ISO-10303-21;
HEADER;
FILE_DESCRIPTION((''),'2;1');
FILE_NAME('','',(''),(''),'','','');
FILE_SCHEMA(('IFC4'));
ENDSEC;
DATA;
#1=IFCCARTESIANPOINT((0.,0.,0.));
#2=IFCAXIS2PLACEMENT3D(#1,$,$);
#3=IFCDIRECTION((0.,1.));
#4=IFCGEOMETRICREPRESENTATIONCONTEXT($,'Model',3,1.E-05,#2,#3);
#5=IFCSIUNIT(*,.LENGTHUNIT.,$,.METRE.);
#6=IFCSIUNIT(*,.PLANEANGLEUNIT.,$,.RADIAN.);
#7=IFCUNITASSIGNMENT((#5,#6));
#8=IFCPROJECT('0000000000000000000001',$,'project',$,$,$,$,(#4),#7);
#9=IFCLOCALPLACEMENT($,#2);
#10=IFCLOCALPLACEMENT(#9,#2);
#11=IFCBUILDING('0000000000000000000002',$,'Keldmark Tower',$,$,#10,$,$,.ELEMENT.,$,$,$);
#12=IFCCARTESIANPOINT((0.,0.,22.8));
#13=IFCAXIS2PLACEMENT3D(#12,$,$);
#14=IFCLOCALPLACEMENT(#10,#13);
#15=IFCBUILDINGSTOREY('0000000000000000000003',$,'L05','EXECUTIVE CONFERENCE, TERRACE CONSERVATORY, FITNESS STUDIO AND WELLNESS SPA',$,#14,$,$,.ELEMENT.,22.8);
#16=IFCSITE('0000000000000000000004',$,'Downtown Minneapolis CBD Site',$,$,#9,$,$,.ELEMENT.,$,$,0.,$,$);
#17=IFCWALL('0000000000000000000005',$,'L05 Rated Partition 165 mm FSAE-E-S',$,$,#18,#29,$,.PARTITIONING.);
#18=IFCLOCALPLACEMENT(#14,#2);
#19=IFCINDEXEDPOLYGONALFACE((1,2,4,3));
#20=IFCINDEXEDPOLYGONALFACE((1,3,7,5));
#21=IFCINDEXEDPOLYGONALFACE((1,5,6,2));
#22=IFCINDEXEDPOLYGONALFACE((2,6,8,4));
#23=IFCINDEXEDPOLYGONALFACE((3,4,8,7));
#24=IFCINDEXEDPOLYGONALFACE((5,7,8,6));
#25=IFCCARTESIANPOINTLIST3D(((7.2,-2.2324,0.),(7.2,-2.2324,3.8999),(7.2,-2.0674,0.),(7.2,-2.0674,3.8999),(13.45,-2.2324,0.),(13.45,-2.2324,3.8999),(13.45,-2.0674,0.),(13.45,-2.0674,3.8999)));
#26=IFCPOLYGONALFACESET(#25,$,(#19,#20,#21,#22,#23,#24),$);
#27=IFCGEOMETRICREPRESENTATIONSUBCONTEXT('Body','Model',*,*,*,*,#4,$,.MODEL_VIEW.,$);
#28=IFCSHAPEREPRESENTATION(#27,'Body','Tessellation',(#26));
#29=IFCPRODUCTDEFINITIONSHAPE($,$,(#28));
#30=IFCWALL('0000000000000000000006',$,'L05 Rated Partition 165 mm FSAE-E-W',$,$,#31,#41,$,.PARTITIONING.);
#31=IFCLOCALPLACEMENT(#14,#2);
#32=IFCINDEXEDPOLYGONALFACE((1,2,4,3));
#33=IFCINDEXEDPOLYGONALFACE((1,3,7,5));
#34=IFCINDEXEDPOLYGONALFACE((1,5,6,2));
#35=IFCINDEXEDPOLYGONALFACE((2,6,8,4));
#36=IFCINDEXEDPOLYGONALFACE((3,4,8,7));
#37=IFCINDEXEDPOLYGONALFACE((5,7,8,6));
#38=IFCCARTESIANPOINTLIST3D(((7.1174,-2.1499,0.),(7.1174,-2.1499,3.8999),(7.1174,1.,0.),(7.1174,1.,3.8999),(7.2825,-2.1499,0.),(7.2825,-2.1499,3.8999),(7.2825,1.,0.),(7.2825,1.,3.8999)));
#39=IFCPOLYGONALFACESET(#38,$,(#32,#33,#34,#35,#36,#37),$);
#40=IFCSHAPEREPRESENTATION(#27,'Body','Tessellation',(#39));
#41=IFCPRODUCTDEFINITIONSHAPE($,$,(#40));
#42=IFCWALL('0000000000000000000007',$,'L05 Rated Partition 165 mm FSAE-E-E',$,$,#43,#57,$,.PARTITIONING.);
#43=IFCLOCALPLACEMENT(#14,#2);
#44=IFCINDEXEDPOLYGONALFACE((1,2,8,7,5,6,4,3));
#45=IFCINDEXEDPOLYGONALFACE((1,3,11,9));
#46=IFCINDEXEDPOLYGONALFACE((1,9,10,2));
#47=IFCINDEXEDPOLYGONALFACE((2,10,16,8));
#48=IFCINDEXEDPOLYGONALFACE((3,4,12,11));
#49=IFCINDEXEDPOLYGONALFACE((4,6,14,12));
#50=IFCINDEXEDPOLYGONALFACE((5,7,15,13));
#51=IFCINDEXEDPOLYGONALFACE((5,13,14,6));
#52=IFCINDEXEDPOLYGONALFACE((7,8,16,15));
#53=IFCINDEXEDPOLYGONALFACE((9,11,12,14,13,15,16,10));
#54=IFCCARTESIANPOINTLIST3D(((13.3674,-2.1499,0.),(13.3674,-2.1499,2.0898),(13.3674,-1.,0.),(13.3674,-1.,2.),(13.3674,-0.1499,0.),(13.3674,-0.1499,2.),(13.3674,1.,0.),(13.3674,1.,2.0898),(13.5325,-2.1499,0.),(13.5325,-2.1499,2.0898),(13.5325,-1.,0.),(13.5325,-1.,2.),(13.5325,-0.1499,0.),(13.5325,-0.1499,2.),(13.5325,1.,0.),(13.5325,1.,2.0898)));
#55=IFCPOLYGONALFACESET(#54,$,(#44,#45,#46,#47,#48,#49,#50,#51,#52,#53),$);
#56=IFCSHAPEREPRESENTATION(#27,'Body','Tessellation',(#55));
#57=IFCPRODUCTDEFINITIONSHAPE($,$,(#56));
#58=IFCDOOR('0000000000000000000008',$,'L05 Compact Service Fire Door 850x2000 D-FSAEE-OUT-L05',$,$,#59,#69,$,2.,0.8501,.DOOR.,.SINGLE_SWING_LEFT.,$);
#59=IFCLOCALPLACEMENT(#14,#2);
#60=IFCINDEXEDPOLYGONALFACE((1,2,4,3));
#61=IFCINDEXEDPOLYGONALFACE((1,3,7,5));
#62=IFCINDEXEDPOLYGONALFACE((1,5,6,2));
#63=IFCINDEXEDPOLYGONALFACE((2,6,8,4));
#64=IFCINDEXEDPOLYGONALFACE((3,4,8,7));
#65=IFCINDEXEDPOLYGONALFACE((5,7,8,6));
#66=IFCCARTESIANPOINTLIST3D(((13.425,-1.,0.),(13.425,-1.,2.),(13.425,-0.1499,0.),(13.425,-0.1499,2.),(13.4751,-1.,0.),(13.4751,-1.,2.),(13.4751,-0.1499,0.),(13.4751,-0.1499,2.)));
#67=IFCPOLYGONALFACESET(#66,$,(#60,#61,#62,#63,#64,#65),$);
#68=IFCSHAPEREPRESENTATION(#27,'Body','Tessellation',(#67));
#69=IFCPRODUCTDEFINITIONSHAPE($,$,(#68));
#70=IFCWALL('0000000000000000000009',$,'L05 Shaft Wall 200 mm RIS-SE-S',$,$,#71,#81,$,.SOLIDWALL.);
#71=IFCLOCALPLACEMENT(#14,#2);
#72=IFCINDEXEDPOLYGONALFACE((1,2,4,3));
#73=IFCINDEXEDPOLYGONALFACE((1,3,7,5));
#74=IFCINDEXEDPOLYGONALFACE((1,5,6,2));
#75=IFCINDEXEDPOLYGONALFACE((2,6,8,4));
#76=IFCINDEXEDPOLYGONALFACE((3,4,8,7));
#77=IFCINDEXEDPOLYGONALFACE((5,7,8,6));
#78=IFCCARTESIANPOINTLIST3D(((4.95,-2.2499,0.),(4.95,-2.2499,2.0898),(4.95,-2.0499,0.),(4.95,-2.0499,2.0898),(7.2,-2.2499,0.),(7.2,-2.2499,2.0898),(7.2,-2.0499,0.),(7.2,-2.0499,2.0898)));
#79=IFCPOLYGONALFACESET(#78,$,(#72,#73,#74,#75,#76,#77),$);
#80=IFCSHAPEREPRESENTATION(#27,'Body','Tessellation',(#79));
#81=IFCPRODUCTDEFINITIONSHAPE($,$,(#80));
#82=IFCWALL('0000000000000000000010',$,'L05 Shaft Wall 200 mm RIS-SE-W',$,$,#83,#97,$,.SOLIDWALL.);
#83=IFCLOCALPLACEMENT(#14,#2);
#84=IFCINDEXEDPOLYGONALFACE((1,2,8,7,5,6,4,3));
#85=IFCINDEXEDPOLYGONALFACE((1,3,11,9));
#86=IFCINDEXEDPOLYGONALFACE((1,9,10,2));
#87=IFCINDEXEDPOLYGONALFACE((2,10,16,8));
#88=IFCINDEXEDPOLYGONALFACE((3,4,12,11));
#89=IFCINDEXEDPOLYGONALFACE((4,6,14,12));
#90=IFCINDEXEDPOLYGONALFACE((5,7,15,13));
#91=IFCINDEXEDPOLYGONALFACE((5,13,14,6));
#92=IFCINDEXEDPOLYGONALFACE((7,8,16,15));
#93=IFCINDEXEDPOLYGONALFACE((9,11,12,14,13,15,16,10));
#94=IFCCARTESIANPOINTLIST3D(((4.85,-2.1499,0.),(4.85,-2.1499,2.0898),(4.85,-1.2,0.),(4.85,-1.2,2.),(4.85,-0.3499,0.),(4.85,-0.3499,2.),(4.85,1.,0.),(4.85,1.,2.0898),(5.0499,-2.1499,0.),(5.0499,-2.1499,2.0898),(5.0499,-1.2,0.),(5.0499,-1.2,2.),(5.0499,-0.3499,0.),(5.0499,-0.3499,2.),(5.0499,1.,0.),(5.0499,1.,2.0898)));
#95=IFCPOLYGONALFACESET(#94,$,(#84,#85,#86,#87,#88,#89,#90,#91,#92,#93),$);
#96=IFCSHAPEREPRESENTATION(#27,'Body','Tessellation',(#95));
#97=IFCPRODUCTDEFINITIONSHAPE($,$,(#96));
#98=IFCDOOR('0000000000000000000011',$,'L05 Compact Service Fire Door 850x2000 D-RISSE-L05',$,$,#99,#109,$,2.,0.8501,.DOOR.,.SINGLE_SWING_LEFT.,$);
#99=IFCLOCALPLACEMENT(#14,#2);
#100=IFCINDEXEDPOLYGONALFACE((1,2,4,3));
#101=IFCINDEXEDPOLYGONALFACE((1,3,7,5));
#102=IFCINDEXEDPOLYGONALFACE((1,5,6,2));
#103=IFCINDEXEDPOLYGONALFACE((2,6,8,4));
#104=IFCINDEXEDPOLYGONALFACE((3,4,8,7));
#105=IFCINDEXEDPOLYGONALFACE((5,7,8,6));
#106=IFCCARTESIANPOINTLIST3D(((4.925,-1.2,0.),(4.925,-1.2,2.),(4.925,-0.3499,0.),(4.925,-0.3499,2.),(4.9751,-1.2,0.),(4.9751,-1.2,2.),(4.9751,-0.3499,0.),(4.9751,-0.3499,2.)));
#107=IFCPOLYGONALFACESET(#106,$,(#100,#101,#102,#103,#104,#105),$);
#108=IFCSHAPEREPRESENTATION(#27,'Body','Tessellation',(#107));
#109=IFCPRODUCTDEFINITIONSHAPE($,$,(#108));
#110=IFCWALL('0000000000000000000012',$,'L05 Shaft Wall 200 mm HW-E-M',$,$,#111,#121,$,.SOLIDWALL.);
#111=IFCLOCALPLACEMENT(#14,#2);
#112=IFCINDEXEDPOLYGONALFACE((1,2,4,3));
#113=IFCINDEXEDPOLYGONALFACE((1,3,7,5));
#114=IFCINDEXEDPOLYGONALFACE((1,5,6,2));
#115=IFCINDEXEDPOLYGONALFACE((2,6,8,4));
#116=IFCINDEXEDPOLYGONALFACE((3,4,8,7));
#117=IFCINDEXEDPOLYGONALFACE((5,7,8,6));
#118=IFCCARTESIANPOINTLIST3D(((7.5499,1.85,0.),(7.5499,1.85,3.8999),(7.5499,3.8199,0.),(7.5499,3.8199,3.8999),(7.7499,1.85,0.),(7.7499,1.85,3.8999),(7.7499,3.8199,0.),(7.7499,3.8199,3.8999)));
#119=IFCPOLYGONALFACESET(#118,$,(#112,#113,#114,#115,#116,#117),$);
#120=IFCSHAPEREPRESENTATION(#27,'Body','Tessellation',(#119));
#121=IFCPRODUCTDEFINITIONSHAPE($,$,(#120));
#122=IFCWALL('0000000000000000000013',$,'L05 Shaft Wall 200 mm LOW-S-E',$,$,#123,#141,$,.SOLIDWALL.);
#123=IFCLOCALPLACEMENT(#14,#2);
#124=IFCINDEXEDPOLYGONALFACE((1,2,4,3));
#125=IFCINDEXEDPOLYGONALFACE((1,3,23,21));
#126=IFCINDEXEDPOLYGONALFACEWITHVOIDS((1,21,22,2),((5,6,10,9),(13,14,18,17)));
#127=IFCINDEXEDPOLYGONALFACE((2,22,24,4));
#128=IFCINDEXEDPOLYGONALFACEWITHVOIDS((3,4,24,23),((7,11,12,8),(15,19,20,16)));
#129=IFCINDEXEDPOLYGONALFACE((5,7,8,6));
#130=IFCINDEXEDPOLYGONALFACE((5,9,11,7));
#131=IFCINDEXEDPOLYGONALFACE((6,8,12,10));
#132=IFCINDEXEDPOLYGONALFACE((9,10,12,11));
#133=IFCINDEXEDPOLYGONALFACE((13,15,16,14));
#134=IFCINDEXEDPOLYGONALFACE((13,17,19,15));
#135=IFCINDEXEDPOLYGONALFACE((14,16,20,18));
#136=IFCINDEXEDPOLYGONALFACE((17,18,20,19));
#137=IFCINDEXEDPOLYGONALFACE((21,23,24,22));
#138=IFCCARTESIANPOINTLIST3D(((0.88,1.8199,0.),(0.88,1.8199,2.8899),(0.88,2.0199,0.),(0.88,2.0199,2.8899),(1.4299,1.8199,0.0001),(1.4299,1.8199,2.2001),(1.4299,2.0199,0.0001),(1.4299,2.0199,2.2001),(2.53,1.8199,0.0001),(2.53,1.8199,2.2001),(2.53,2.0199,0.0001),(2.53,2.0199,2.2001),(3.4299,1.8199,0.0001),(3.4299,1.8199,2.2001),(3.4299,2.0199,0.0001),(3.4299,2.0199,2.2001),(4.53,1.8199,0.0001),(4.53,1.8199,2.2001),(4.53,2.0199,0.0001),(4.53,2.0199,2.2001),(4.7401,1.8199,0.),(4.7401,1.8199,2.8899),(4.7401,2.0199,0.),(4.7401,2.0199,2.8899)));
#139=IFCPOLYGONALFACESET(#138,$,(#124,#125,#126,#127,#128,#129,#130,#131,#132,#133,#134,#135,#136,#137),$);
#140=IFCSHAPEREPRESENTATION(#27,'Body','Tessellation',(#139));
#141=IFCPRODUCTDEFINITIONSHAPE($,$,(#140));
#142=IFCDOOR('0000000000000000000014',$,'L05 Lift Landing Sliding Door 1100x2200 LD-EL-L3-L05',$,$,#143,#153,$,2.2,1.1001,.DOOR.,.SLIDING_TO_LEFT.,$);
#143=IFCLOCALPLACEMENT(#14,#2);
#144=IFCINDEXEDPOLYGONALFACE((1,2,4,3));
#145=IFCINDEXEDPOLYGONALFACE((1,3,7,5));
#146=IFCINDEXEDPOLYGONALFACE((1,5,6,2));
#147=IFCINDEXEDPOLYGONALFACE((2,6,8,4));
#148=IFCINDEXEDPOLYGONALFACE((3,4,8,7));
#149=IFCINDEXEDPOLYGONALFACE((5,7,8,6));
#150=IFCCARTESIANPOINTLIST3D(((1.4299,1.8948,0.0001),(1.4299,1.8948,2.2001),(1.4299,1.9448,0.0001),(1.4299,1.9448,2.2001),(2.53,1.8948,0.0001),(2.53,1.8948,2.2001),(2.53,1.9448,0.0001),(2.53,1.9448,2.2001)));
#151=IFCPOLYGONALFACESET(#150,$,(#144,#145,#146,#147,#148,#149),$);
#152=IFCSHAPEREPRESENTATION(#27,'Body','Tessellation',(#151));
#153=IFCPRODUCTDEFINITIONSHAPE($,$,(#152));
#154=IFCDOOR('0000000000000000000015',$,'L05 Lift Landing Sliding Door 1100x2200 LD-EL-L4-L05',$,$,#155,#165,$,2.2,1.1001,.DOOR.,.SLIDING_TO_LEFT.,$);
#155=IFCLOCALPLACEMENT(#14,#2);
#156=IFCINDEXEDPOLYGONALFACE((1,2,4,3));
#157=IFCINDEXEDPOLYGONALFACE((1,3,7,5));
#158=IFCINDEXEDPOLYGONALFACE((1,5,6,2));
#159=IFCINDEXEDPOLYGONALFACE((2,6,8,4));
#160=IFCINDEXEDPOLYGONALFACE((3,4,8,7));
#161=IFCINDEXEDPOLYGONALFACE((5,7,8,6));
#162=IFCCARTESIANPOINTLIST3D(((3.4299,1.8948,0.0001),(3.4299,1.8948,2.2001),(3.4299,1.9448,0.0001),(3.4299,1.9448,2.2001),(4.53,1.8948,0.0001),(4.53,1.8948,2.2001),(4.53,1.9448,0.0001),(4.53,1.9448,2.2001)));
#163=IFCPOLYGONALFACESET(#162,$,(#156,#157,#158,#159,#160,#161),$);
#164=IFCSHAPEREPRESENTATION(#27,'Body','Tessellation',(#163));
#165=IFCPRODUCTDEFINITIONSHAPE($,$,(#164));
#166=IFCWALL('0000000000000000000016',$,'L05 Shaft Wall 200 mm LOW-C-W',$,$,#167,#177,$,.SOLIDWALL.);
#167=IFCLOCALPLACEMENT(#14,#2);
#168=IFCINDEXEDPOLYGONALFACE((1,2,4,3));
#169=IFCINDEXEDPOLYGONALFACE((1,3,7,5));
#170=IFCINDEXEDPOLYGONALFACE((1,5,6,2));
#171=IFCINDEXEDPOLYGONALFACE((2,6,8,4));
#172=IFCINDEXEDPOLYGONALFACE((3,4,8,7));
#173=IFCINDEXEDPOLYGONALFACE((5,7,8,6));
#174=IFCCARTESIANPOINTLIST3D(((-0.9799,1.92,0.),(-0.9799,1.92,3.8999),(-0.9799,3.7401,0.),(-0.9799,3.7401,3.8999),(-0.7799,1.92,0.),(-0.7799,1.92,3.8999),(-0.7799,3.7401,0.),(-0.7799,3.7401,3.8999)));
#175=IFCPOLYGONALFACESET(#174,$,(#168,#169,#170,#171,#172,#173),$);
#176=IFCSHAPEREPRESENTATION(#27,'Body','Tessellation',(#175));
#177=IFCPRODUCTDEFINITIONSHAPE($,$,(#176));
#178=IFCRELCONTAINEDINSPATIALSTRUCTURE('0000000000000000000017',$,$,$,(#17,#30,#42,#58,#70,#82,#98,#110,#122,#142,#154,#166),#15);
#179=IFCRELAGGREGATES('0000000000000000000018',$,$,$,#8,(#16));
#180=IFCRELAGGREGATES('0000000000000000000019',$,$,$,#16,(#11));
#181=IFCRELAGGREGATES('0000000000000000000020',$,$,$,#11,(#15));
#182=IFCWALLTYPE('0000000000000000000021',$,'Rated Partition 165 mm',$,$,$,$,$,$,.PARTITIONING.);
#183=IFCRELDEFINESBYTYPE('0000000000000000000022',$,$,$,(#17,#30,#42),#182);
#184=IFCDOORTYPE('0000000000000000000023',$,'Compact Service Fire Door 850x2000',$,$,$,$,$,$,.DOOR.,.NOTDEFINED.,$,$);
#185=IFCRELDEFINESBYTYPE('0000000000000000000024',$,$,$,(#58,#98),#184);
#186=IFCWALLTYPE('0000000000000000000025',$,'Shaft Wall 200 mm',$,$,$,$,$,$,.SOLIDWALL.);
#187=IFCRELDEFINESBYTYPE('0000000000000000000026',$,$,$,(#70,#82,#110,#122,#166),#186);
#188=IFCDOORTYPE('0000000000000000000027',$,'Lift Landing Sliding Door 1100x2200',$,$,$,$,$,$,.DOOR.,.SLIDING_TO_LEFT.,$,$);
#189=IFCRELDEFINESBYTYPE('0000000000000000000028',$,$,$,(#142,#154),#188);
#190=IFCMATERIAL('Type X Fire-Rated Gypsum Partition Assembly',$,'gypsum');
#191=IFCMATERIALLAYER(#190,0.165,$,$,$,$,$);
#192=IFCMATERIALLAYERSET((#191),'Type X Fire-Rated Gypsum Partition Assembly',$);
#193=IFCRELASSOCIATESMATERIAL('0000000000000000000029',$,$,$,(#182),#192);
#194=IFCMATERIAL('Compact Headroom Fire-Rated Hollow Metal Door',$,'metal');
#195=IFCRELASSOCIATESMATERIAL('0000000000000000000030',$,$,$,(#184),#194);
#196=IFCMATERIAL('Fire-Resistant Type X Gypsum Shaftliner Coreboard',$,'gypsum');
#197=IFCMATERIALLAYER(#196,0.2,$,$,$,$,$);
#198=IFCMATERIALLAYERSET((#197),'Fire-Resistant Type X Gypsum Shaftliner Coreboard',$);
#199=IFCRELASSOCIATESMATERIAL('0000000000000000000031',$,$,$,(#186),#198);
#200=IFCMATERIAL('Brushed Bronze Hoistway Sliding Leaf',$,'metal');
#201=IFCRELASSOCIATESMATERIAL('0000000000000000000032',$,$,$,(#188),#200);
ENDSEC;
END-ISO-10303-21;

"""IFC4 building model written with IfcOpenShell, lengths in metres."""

from ifc_helpers import new_model, si_unit, direction, frame, frame_2d, origin, place, context, subcontext, project, spatial, rectangle, extrude, material, layer, layer_set, type_object, element, fill, save


model = new_model("IFC4")

# Units and contexts
model_context = context("Model", 3, precision=1e-05, world=origin(), true_north=direction((0.0, 1.0)))
body_context = subcontext(model_context, "Body", "Model", "MODEL_VIEW")
ifc_project = project(units=[si_unit("LENGTHUNIT", "METRE"), si_unit("PLANEANGLEUNIT", "RADIAN")], contexts=[model_context])

# Site, building, storey
site_placement = place(None, origin())
site = spatial("IfcSite", under=ifc_project, at=site_placement, Name="Downtown Minneapolis CBD Site", CompositionType="ELEMENT", RefElevation=0.0)
building_placement = place(site_placement, origin())
building = spatial("IfcBuilding", under=site, at=building_placement, Name="Keldmark Tower", CompositionType="ELEMENT")
storey_placement = place(building_placement, frame((0.0, 0.0, 22.8)))
storey = spatial("IfcBuildingStorey", under=building, at=storey_placement, Name="L05", Description="EXECUTIVE CONFERENCE, TERRACE CONSERVATORY, FITNESS STUDIO AND WELLNESS SPA", CompositionType="ELEMENT", Elevation=22.8)

# Walls
ifc_material_1 = material(Name="Type X Fire-Rated Gypsum Partition Assembly", Category="gypsum")
ifc_layer_1 = layer(ifc_material_1, 0.165)
ifc_layer_set_1 = layer_set([ifc_layer_1], Name="Type X Fire-Rated Gypsum Partition Assembly")
wall_type_1 = type_object("IfcWallType", Name="Rated Partition 165 mm", PredefinedType="PARTITIONING", material=ifc_layer_set_1)
wall_1_placement = place(storey_placement, frame((7.2, -2.1499, 0.0), z_axis=(0.0, 0.0, 1.0), x_axis=(1.0, 0.0, 0.0)))
element("IfcWall", 1, at=wall_1_placement, inside=storey, type_object=wall_type_1, Name="L05 Rated Partition 165 mm FSAE-E-S", PredefinedType="PARTITIONING", context=body_context, shape_type="SweptSolid", body=[
    extrude(rectangle(XDim=6.25, YDim=0.165, at=frame_2d((3.125, 0.0))), origin(), (0.0, 0.0, 1.0), 3.8999),
])
wall_2_placement = place(storey_placement, frame((7.2, -2.1499, 0.0), z_axis=(0.0, 0.0, 1.0), x_axis=(0.0, 1.0, 0.0)))
element("IfcWall", 2, at=wall_2_placement, inside=storey, type_object=wall_type_1, Name="L05 Rated Partition 165 mm FSAE-E-W", PredefinedType="PARTITIONING", context=body_context, shape_type="SweptSolid", body=[
    extrude(rectangle(XDim=3.1499, YDim=0.165, at=frame_2d((1.575, 0.0))), origin(), (0.0, 0.0, 1.0), 3.8999),
])

# Wall, opening, door
wall_3_placement = place(storey_placement, frame((13.45, -2.1499, 0.0), z_axis=(0.0, 0.0, 1.0), x_axis=(0.0, 1.0, 0.0)))
wall_3 = element("IfcWall", 3, at=wall_3_placement, inside=storey, type_object=wall_type_1, Name="L05 Rated Partition 165 mm FSAE-E-E", PredefinedType="PARTITIONING", context=body_context, shape_type="SweptSolid", body=[
    extrude(rectangle(XDim=3.1499, YDim=0.165, at=frame_2d((1.575, 0.0))), origin(), (0.0, 0.0, 1.0), 2.0898),
])
opening_1_placement = place(wall_3_placement, frame((1.1499, 0.0, 0.0)))
opening_1 = element("IfcOpeningElement", 4, at=opening_1_placement, cuts=wall_3, PredefinedType="OPENING", context=body_context, shape_type="SweptSolid", body=[
    extrude(rectangle(XDim=0.8501, YDim=2.0, at=frame_2d((0.425, 1.0))), frame((0.0, 0.0925, 0.0), z_axis=(0.0, -1.0, 0.0), x_axis=(1.0, 0.0, 0.0)), (0.0, 0.0, 1.0), 0.1851),
])
ifc_material_2 = material(Name="Compact Headroom Fire-Rated Hollow Metal Door", Category="metal")
door_type_1 = type_object("IfcDoorType", Name="Compact Service Fire Door 850x2000", OperationType="NOTDEFINED", PredefinedType="DOOR", material=ifc_material_2)
door_1_placement = place(opening_1_placement, origin())
door_1 = element("IfcDoor", 5, at=door_1_placement, inside=storey, type_object=door_type_1, Name="L05 Compact Service Fire Door 850x2000 D-FSAEE-OUT-L05", OperationType="SINGLE_SWING_LEFT", OverallHeight=2.0, OverallWidth=0.8501, PredefinedType="DOOR", context=body_context, shape_type="SweptSolid", body=[
    extrude(rectangle(XDim=0.8501, YDim=2.0, at=frame_2d((0.425, 1.0))), frame((0.0, 0.0249, 0.0), z_axis=(0.0, -1.0, 0.0), x_axis=(1.0, 0.0, 0.0)), (0.0, 0.0, 1.0), 0.05),
])
fill(opening_1, door_1)

# Wall
ifc_material_3 = material(Name="Fire-Resistant Type X Gypsum Shaftliner Coreboard", Category="gypsum")
ifc_layer_2 = layer(ifc_material_3, 0.2)
ifc_layer_set_2 = layer_set([ifc_layer_2], Name="Fire-Resistant Type X Gypsum Shaftliner Coreboard")
wall_type_2 = type_object("IfcWallType", Name="Shaft Wall 200 mm", PredefinedType="SOLIDWALL", material=ifc_layer_set_2)
wall_4_placement = place(storey_placement, frame((4.95, -2.1499, 0.0), z_axis=(0.0, 0.0, 1.0), x_axis=(1.0, 0.0, 0.0)))
element("IfcWall", 6, at=wall_4_placement, inside=storey, type_object=wall_type_2, Name="L05 Shaft Wall 200 mm RIS-SE-S", PredefinedType="SOLIDWALL", context=body_context, shape_type="SweptSolid", body=[
    extrude(rectangle(XDim=2.25, YDim=0.2, at=frame_2d((1.125, 0.0))), origin(), (0.0, 0.0, 1.0), 2.0898),
])

# Wall, opening, door
wall_5_placement = place(storey_placement, frame((4.95, -2.1499, 0.0), z_axis=(0.0, 0.0, 1.0), x_axis=(0.0, 1.0, 0.0)))
wall_5 = element("IfcWall", 7, at=wall_5_placement, inside=storey, type_object=wall_type_2, Name="L05 Shaft Wall 200 mm RIS-SE-W", PredefinedType="SOLIDWALL", context=body_context, shape_type="SweptSolid", body=[
    extrude(rectangle(XDim=3.1499, YDim=0.2, at=frame_2d((1.575, 0.0))), origin(), (0.0, 0.0, 1.0), 2.0898),
])
opening_2_placement = place(wall_5_placement, frame((0.95, 0.0, 0.0)))
opening_2 = element("IfcOpeningElement", 8, at=opening_2_placement, cuts=wall_5, PredefinedType="OPENING", context=body_context, shape_type="SweptSolid", body=[
    extrude(rectangle(XDim=0.8501, YDim=2.0, at=frame_2d((0.425, 1.0))), frame((0.0, 0.1099, 0.0), z_axis=(0.0, -1.0, 0.0), x_axis=(1.0, 0.0, 0.0)), (0.0, 0.0, 1.0), 0.22),
])
door_2_placement = place(opening_2_placement, origin())
door_2 = element("IfcDoor", 9, at=door_2_placement, inside=storey, type_object=door_type_1, Name="L05 Compact Service Fire Door 850x2000 D-RISSE-L05", OperationType="SINGLE_SWING_LEFT", OverallHeight=2.0, OverallWidth=0.8501, PredefinedType="DOOR", context=body_context, shape_type="SweptSolid", body=[
    extrude(rectangle(XDim=0.8501, YDim=2.0, at=frame_2d((0.425, 1.0))), frame((0.0, 0.0249, 0.0), z_axis=(0.0, -1.0, 0.0), x_axis=(1.0, 0.0, 0.0)), (0.0, 0.0, 1.0), 0.05),
])
fill(opening_2, door_2)

# Wall
wall_6_placement = place(storey_placement, frame((7.6499, 1.8501, 0.0), z_axis=(0.0, 0.0, 1.0), x_axis=(0.0, 1.0, 0.0)))
element("IfcWall", 10, at=wall_6_placement, inside=storey, type_object=wall_type_2, Name="L05 Shaft Wall 200 mm HW-E-M", PredefinedType="SOLIDWALL", context=body_context, shape_type="SweptSolid", body=[
    extrude(rectangle(XDim=1.97, YDim=0.2, at=frame_2d((0.9849, 0.0))), origin(), (0.0, 0.0, 1.0), 3.8999),
])

# Wall, openings, doors
wall_7_placement = place(storey_placement, frame((0.8799, 1.9199, 0.0), z_axis=(0.0, 0.0, 1.0), x_axis=(1.0, 0.0, 0.0)))
wall_7 = element("IfcWall", 11, at=wall_7_placement, inside=storey, type_object=wall_type_2, Name="L05 Shaft Wall 200 mm LOW-S-E", PredefinedType="SOLIDWALL", context=body_context, shape_type="SweptSolid", body=[
    extrude(rectangle(XDim=3.8601, YDim=0.2, at=frame_2d((1.9302, 0.0))), origin(), (0.0, 0.0, 1.0), 2.8899),
])
opening_3_placement = place(wall_7_placement, frame((0.55, 0.0, 0.0)))
opening_3 = element("IfcOpeningElement", 12, at=opening_3_placement, cuts=wall_7, PredefinedType="OPENING", context=body_context, shape_type="SweptSolid", body=[
    extrude(rectangle(XDim=1.1001, YDim=2.2, at=frame_2d((0.55, 1.1001))), frame((0.0, 0.1099, 0.0), z_axis=(0.0, -1.0, 0.0), x_axis=(1.0, 0.0, 0.0)), (0.0, 0.0, 1.0), 0.22),
])
opening_4_placement = place(wall_7_placement, frame((2.55, 0.0, 0.0)))
opening_4 = element("IfcOpeningElement", 13, at=opening_4_placement, cuts=wall_7, PredefinedType="OPENING", context=body_context, shape_type="SweptSolid", body=[
    extrude(rectangle(XDim=1.1001, YDim=2.2, at=frame_2d((0.55, 1.1001))), frame((0.0, 0.1099, 0.0), z_axis=(0.0, -1.0, 0.0), x_axis=(1.0, 0.0, 0.0)), (0.0, 0.0, 1.0), 0.22),
])
ifc_material_4 = material(Name="Brushed Bronze Hoistway Sliding Leaf", Category="metal")
door_type_2 = type_object("IfcDoorType", Name="Lift Landing Sliding Door 1100x2200", OperationType="SLIDING_TO_LEFT", PredefinedType="DOOR", material=ifc_material_4)
door_3_placement = place(opening_3_placement, origin())
door_3 = element("IfcDoor", 14, at=door_3_placement, inside=storey, type_object=door_type_2, Name="L05 Lift Landing Sliding Door 1100x2200 LD-EL-L3-L05", OperationType="SLIDING_TO_LEFT", OverallHeight=2.2, OverallWidth=1.1001, PredefinedType="DOOR", context=body_context, shape_type="SweptSolid", body=[
    extrude(rectangle(XDim=1.1001, YDim=2.2, at=frame_2d((0.55, 1.1001))), frame((0.0, 0.0249, 0.0), z_axis=(0.0, -1.0, 0.0), x_axis=(1.0, 0.0, 0.0)), (0.0, 0.0, 1.0), 0.05),
])
fill(opening_3, door_3)
door_4_placement = place(opening_4_placement, origin())
door_4 = element("IfcDoor", 15, at=door_4_placement, inside=storey, type_object=door_type_2, Name="L05 Lift Landing Sliding Door 1100x2200 LD-EL-L4-L05", OperationType="SLIDING_TO_LEFT", OverallHeight=2.2, OverallWidth=1.1001, PredefinedType="DOOR", context=body_context, shape_type="SweptSolid", body=[
    extrude(rectangle(XDim=1.1001, YDim=2.2, at=frame_2d((0.55, 1.1001))), frame((0.0, 0.0249, 0.0), z_axis=(0.0, -1.0, 0.0), x_axis=(1.0, 0.0, 0.0)), (0.0, 0.0, 1.0), 0.05),
])
fill(opening_4, door_4)

# Wall
for number, where, z_axis, x_axis, name in (
    (16, (-0.8799, 1.9199, 0.0), (0.0, 0.0, 1.0), (0.0, 1.0, 0.0), "L05 Shaft Wall 200 mm LOW-C-W"),
):
    element("IfcWall", number, at=place(storey_placement, frame(where, z_axis=z_axis, x_axis=x_axis)), inside=storey, type_object=wall_type_2, Name=name, PredefinedType="SOLIDWALL", context=body_context, shape_type="SweptSolid", body=[
        extrude(rectangle(XDim=1.8201, YDim=0.2, at=frame_2d((0.9102, 0.0))), origin(), (0.0, 0.0, 1.0), 3.8999),
    ])

save(model, "model.ifc")
